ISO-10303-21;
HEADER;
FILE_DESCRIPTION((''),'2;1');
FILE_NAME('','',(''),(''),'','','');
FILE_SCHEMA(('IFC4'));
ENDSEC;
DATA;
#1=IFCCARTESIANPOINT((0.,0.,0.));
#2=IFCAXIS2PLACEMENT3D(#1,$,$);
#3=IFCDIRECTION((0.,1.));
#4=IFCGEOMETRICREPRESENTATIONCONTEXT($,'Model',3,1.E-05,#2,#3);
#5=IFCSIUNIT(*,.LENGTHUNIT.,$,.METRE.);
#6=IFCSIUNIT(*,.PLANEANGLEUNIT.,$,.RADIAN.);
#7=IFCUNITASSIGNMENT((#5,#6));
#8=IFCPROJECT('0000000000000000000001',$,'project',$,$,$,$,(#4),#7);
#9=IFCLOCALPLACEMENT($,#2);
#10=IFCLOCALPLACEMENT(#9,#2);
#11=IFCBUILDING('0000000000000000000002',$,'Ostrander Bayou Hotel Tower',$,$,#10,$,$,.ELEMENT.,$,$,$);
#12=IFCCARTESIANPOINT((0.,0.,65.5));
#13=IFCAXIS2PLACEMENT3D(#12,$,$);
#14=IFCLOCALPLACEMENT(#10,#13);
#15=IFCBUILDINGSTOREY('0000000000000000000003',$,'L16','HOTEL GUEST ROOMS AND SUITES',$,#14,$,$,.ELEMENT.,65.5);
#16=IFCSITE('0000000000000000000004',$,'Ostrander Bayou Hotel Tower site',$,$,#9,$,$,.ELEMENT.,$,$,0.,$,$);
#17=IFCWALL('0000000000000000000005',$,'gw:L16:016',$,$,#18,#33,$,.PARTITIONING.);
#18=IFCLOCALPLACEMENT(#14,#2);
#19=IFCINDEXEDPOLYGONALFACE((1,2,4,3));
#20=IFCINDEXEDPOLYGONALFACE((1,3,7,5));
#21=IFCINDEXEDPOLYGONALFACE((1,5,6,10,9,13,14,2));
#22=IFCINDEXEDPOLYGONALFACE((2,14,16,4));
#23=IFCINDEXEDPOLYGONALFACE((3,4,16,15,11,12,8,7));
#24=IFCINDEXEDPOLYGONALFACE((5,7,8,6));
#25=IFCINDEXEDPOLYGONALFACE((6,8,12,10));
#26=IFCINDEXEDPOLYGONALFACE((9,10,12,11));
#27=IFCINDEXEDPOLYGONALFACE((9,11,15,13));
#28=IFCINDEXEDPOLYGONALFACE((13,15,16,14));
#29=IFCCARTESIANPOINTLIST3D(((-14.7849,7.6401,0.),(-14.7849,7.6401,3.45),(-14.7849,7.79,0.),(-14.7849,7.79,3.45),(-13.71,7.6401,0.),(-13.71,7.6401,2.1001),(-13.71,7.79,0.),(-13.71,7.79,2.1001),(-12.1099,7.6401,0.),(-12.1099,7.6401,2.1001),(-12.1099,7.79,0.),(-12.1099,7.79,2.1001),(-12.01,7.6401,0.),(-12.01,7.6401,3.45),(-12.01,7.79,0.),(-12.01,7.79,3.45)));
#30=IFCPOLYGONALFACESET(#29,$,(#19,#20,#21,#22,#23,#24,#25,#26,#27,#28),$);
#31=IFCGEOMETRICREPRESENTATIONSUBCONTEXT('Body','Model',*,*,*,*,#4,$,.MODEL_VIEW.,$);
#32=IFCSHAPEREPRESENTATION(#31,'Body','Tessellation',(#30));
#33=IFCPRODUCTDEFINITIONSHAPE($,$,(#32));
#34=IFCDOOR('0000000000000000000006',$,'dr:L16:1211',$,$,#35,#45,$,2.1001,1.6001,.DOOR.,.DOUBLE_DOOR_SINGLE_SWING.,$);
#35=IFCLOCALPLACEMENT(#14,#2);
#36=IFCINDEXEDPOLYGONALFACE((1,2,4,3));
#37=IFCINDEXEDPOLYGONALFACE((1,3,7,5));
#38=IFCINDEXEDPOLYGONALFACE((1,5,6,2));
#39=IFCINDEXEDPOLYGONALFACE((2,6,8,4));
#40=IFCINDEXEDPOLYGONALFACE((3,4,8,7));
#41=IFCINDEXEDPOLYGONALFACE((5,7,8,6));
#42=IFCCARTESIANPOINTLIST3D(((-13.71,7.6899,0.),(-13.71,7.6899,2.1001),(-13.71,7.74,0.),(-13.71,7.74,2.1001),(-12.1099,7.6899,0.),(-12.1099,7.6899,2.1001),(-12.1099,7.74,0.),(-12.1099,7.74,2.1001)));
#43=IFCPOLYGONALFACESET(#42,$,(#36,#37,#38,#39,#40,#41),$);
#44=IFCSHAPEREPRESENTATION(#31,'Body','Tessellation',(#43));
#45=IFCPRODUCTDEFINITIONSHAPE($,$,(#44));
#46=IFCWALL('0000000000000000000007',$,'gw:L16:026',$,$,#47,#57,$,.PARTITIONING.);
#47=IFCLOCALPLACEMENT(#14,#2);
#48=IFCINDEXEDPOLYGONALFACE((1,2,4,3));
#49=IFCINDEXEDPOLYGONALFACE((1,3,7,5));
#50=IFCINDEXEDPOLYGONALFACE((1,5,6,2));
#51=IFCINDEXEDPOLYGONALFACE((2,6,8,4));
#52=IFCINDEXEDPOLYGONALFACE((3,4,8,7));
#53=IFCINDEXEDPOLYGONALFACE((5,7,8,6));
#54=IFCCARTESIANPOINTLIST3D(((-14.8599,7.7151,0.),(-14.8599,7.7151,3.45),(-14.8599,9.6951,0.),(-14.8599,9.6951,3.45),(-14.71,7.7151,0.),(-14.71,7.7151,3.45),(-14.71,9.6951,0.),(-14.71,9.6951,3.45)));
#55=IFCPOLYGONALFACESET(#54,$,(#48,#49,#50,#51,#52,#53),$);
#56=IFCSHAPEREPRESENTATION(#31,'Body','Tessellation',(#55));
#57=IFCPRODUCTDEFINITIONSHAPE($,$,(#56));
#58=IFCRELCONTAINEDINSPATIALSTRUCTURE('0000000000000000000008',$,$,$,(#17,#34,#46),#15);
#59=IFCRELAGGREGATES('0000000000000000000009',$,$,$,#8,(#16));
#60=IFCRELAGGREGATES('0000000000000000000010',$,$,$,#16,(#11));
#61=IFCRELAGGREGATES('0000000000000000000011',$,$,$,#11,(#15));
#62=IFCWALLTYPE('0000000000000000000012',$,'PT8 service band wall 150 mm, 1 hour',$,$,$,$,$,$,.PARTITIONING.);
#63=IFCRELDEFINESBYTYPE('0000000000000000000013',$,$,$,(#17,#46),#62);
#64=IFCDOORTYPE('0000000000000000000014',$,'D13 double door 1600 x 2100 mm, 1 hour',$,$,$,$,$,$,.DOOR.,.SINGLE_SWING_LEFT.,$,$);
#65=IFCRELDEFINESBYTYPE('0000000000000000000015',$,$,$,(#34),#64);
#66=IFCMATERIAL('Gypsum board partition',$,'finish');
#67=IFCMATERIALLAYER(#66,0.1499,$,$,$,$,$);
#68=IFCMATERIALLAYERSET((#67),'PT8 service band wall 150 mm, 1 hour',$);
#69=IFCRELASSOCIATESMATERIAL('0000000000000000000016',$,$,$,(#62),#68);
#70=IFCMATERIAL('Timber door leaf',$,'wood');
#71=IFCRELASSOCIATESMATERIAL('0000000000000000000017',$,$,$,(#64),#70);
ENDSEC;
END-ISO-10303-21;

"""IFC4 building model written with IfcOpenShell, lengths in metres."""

from ifc_helpers import new_model, si_unit, direction, frame, frame_2d, origin, place, context, subcontext, project, spatial, rectangle, extrude, material, layer, layer_set, type_object, element, fill, save


model = new_model("IFC4")

# Units and contexts
model_context = context("Model", 3, precision=1e-05, world=origin(), true_north=direction((0.0, 1.0)))
body_context = subcontext(model_context, "Body", "Model", "MODEL_VIEW")
ifc_project = project(units=[si_unit("LENGTHUNIT", "METRE"), si_unit("PLANEANGLEUNIT", "RADIAN")], contexts=[model_context])

# Site, building, storey
site_placement = place(None, origin())
site = spatial("IfcSite", under=ifc_project, at=site_placement, Name="Ostrander Bayou Hotel Tower site", CompositionType="ELEMENT", RefElevation=0.0)
building_placement = place(site_placement, origin())
building = spatial("IfcBuilding", under=site, at=building_placement, Name="Ostrander Bayou Hotel Tower", CompositionType="ELEMENT")
storey_placement = place(building_placement, frame((0.0, 0.0, 65.5)))
storey = spatial("IfcBuildingStorey", under=building, at=storey_placement, Name="L16", Description="HOTEL GUEST ROOMS AND SUITES", CompositionType="ELEMENT", Elevation=65.5)

# Shared definitions
ifc_material_1 = material(Name="Gypsum board partition", Category="finish")
ifc_layer_1 = layer(ifc_material_1, 0.1499)
ifc_layer_set_1 = layer_set([ifc_layer_1], Name="PT8 service band wall 150 mm, 1 hour")
wall_type_1 = type_object("IfcWallType", Name="PT8 service band wall 150 mm, 1 hour", PredefinedType="PARTITIONING", material=ifc_layer_set_1)

# Wall, opening, door
wall_1_placement = place(storey_placement, frame((-14.7849, 7.7151, 0.0), z_axis=(0.0, 0.0, 1.0), x_axis=(1.0, 0.0, 0.0)))
wall_1 = element("IfcWall", 1, at=wall_1_placement, inside=storey, type_object=wall_type_1, Name="gw:L16:016", PredefinedType="PARTITIONING", context=body_context, shape_type="SweptSolid", body=[
    extrude(rectangle(XDim=2.7749, YDim=0.1499, at=frame_2d((1.3875, 0.0))), origin(), (0.0, 0.0, 1.0), 3.45),
])
opening_1_placement = place(wall_1_placement, frame((1.075, 0.0, 0.0)))
opening_1 = element("IfcOpeningElement", 2, at=opening_1_placement, cuts=wall_1, PredefinedType="OPENING", context=body_context, shape_type="SweptSolid", body=[
    extrude(rectangle(XDim=1.6001, YDim=2.1001, at=frame_2d((0.8, 1.05))), frame((0.0, 0.075, 0.0), z_axis=(0.0, -1.0, 0.0), x_axis=(1.0, 0.0, 0.0)), (0.0, 0.0, 1.0), 0.1499),
])
ifc_material_2 = material(Name="Timber door leaf", Category="wood")
door_type_1 = type_object("IfcDoorType", Name="D13 double door 1600 x 2100 mm, 1 hour", OperationType="SINGLE_SWING_LEFT", PredefinedType="DOOR", material=ifc_material_2)
door_1_placement = place(opening_1_placement, origin())
door_1 = element("IfcDoor", 3, at=door_1_placement, inside=storey, type_object=door_type_1, Name="dr:L16:1211", OperationType="DOUBLE_DOOR_SINGLE_SWING", OverallHeight=2.1001, OverallWidth=1.6001, PredefinedType="DOOR", context=body_context, shape_type="SweptSolid", body=[
    extrude(rectangle(XDim=1.6001, YDim=2.1001, at=frame_2d((0.8, 1.05))), frame((0.0, 0.0249, 0.0), z_axis=(0.0, -1.0, 0.0), x_axis=(1.0, 0.0, 0.0)), (0.0, 0.0, 1.0), 0.05),
])
fill(opening_1, door_1)

# Wall
wall_2_placement = place(storey_placement, frame((-14.7849, 7.7151, 0.0), z_axis=(0.0, 0.0, 1.0), x_axis=(0.0, 1.0, 0.0)))
element("IfcWall", 4, at=wall_2_placement, inside=storey, type_object=wall_type_1, Name="gw:L16:026", PredefinedType="PARTITIONING", context=body_context, shape_type="SweptSolid", body=[
    extrude(rectangle(XDim=1.98, YDim=0.1499, at=frame_2d((0.99, 0.0))), origin(), (0.0, 0.0, 1.0), 3.45),
])

save(model, "model.ifc")
